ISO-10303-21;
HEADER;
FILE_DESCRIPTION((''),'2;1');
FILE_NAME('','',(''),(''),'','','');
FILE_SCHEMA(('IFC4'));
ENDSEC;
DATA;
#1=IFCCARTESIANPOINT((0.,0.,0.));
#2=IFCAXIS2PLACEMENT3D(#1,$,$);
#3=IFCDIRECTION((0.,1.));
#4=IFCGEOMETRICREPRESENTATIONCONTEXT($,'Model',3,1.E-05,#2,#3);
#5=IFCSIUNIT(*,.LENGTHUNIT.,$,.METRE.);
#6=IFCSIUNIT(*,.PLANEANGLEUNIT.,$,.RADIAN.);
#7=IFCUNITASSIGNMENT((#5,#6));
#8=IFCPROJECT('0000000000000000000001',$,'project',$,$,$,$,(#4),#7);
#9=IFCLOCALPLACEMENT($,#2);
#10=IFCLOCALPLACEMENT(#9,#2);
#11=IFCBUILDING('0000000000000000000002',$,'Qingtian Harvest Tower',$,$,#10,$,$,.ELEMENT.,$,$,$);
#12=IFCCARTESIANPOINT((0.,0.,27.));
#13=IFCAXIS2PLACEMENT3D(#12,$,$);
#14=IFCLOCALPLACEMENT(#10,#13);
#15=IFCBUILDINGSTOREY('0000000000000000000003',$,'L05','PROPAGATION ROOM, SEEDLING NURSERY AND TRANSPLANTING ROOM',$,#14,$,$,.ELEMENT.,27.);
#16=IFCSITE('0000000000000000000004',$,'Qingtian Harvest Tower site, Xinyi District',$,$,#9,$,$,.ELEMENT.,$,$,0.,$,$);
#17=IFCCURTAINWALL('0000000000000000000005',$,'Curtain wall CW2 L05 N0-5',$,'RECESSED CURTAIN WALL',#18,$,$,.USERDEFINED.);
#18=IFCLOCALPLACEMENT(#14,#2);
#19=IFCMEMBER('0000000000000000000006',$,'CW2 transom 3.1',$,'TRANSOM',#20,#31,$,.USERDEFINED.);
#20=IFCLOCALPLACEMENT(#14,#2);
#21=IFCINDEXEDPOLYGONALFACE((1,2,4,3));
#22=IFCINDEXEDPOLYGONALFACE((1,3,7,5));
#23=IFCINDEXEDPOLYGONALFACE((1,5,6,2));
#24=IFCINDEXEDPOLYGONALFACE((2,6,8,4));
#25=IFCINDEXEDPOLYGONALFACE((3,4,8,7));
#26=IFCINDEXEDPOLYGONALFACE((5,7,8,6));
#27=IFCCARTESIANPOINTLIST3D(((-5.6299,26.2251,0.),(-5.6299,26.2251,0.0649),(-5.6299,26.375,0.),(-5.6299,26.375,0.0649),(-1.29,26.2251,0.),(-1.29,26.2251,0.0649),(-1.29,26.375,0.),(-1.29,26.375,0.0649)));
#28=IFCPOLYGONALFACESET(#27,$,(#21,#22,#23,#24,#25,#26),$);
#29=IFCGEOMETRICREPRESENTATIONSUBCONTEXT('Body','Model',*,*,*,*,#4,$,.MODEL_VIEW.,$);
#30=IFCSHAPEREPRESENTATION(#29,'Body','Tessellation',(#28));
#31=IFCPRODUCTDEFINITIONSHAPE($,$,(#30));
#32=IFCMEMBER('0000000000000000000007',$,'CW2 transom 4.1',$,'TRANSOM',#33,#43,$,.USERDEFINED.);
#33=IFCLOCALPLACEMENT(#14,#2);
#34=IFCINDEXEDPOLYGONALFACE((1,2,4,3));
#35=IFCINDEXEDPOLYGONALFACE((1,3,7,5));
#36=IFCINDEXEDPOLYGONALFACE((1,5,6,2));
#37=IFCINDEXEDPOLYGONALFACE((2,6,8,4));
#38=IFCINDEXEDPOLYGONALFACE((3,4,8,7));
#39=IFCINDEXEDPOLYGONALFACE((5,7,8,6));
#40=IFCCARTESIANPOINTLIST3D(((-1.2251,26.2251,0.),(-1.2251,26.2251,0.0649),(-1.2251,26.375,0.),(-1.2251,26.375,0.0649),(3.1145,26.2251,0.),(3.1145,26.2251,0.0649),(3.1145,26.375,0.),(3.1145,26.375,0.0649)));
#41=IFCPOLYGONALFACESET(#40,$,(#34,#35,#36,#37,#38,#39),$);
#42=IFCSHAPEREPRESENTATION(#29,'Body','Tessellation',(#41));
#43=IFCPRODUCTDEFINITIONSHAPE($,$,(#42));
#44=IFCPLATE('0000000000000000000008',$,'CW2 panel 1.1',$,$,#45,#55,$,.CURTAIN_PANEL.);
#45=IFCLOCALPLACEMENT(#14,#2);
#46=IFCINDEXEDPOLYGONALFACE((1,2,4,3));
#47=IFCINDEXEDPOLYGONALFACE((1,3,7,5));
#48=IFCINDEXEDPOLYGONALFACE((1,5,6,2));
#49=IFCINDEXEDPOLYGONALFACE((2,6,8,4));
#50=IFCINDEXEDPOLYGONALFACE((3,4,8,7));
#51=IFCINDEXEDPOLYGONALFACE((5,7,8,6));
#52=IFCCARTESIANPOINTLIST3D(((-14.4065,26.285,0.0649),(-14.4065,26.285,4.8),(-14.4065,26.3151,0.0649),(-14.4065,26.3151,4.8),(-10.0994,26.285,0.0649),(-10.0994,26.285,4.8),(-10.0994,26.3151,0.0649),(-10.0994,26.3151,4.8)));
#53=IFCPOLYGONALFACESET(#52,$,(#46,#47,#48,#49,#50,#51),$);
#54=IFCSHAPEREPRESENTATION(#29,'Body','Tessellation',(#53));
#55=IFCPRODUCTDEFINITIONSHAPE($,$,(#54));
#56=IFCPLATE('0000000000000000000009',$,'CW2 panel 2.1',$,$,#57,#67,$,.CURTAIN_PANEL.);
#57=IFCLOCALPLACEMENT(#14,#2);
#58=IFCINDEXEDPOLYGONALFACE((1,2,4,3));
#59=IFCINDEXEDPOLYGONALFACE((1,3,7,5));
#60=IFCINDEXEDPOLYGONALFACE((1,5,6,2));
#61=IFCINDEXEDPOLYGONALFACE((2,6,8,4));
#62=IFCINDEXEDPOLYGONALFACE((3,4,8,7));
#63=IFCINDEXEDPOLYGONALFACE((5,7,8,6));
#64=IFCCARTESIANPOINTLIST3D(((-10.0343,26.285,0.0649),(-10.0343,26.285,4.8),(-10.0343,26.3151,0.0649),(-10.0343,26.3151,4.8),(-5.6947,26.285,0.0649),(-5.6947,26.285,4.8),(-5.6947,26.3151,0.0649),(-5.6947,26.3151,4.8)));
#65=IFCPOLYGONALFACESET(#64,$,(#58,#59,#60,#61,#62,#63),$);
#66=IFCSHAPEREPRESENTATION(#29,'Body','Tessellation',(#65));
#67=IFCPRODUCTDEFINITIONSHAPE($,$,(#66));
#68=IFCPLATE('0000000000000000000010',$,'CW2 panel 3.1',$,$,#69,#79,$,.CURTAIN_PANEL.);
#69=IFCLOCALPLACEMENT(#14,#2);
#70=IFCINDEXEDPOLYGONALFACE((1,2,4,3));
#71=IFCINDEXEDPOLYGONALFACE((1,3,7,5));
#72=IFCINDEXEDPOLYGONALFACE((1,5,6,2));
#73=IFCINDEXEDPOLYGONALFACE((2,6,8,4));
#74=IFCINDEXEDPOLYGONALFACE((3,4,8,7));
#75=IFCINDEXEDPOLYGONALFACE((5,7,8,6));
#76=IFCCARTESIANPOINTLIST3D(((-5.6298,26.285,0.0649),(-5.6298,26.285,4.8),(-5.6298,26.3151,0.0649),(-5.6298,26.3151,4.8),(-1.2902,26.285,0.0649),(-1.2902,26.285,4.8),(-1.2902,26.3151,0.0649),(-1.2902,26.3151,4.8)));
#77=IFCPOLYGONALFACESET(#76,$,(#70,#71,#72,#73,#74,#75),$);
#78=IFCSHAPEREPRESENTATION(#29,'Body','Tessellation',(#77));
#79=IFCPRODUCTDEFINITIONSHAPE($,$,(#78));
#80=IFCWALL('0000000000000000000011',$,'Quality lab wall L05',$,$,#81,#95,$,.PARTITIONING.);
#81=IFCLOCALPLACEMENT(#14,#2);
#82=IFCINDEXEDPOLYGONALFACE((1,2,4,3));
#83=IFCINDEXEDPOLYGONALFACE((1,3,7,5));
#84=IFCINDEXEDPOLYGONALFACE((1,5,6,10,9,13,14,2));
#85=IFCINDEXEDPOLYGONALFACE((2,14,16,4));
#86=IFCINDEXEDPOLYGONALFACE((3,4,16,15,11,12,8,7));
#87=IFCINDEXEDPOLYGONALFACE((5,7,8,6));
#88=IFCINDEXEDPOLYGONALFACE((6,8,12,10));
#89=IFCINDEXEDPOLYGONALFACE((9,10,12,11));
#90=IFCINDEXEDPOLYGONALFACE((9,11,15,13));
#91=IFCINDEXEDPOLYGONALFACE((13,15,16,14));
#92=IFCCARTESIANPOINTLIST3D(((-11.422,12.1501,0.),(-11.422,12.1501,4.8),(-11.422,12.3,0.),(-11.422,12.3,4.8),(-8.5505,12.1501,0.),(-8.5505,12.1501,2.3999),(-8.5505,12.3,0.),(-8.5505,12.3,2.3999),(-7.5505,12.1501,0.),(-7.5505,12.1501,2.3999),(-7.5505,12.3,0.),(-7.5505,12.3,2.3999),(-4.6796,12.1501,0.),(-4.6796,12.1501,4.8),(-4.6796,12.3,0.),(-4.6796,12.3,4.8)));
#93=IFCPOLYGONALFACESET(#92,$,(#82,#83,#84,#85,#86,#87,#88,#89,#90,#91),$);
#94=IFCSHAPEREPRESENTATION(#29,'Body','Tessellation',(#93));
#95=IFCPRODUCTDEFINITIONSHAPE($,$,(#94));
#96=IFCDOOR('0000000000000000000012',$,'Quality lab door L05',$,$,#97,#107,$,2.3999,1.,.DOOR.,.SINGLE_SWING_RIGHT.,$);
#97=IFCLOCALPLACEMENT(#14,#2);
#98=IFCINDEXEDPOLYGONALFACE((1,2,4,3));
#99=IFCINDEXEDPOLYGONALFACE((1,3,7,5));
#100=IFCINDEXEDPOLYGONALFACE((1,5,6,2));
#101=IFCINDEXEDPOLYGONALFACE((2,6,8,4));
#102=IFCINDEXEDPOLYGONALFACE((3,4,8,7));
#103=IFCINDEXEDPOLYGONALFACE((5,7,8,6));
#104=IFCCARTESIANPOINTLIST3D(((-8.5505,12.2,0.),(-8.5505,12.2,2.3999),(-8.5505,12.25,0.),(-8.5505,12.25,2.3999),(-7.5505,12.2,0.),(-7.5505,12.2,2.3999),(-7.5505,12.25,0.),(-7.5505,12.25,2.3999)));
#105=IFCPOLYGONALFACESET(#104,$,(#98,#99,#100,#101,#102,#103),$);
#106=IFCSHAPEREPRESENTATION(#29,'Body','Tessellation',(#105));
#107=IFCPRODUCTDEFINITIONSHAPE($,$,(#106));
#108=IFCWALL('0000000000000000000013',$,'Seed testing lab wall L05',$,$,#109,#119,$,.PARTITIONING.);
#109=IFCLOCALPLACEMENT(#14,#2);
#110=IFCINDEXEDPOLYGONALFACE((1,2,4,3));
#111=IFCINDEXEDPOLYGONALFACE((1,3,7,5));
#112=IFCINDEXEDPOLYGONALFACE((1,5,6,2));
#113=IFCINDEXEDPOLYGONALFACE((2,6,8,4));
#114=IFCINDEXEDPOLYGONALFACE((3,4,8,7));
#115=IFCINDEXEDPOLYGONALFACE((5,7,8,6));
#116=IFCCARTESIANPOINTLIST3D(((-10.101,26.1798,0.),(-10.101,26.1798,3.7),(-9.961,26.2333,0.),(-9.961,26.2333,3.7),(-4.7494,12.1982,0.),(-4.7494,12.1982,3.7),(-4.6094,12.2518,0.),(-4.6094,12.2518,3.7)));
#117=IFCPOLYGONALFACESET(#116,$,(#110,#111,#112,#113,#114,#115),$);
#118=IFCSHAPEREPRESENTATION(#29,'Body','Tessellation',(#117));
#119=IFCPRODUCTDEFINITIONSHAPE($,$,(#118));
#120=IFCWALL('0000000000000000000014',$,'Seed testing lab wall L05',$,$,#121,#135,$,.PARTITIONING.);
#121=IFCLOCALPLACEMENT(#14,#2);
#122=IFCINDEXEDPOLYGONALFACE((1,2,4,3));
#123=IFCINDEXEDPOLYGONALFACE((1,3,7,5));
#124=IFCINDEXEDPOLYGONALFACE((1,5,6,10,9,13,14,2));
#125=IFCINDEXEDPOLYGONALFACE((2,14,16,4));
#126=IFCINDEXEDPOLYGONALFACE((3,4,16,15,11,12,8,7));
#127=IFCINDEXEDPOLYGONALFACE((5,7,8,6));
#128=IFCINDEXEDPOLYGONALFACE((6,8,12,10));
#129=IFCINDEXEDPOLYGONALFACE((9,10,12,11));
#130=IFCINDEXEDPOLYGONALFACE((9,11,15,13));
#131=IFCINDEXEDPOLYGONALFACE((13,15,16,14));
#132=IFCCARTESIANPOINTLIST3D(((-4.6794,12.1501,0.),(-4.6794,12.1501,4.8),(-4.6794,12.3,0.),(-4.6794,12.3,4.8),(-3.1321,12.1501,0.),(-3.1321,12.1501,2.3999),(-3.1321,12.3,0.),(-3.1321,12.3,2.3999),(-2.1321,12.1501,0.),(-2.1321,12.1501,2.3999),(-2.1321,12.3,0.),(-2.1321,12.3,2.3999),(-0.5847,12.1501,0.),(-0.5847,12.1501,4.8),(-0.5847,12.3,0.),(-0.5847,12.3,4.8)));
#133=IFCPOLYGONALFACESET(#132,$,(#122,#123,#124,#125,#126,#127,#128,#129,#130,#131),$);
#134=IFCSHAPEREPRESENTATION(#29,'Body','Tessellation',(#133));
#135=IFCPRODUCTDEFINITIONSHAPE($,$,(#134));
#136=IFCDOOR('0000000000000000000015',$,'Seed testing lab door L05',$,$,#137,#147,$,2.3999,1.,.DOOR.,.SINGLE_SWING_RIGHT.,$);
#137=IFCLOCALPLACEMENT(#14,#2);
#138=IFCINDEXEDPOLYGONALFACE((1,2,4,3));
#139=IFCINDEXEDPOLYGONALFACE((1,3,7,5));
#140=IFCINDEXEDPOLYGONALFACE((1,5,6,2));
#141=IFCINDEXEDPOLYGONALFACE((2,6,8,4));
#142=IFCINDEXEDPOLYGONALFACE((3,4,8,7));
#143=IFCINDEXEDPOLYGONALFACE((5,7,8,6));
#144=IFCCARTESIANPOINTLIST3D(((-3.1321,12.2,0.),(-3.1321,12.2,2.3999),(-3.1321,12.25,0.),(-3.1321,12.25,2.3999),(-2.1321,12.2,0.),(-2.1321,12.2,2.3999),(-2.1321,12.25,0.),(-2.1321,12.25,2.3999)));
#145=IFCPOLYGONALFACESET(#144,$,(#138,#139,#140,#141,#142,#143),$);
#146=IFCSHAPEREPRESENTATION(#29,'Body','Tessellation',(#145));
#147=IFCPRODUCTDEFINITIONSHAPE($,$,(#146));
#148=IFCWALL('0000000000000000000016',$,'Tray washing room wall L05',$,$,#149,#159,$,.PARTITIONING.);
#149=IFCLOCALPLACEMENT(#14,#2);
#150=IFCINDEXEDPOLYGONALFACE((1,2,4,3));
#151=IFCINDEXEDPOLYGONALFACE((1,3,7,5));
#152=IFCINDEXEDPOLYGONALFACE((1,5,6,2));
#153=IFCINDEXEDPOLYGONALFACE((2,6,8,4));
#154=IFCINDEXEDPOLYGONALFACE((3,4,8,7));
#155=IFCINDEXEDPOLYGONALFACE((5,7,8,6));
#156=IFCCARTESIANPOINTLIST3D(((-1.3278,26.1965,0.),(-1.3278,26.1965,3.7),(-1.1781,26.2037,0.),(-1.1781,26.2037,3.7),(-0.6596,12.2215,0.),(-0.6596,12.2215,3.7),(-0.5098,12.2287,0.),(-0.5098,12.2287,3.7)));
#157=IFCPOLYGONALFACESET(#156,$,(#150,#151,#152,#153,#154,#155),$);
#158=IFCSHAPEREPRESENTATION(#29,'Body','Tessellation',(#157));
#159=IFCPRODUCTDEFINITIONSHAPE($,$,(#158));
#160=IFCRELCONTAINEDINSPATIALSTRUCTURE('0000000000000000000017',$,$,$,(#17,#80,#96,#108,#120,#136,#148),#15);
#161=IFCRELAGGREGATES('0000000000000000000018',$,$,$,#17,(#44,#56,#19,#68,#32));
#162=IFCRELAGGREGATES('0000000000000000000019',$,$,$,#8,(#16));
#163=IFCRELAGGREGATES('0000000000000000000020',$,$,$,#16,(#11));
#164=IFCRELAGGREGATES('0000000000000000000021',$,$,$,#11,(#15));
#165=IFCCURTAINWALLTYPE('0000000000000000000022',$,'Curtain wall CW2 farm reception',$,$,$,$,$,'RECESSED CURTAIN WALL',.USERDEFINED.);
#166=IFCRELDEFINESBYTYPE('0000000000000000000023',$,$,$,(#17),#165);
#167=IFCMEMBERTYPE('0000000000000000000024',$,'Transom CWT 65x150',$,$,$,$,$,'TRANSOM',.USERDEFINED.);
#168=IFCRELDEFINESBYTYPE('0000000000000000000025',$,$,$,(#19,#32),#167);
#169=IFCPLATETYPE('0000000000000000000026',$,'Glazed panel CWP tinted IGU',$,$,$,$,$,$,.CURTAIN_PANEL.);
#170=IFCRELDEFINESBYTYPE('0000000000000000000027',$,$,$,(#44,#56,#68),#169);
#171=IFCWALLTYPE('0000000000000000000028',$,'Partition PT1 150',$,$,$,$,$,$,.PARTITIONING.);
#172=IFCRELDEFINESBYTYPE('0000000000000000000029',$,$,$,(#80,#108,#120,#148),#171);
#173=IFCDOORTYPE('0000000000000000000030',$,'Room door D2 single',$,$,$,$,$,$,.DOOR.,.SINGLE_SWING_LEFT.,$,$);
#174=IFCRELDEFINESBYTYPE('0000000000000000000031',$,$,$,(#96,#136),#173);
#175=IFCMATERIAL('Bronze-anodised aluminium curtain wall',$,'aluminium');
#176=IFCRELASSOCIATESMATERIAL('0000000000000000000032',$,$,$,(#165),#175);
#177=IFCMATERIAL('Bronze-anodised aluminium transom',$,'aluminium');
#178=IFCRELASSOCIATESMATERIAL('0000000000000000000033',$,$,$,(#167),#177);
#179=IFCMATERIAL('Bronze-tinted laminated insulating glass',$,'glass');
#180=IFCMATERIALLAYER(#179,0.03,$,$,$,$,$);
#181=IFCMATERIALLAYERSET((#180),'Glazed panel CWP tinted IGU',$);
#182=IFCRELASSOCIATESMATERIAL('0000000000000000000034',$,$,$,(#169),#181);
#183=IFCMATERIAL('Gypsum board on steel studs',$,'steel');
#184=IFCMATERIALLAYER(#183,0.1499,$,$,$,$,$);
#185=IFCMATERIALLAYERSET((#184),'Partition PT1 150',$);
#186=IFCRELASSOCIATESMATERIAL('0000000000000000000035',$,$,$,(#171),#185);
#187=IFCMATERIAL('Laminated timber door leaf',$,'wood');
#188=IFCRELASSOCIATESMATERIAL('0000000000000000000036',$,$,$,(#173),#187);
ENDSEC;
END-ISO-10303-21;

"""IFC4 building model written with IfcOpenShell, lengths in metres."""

from ifc_helpers import new_model, si_unit, direction, frame, frame_2d, origin, origin_2d, place, context, subcontext, project, spatial, rectangle, extrude, material, layer, layer_set, material_profile, profile_set, type_object, element, fill, aggregate, save


model = new_model("IFC4")

# Units and contexts
model_context = context("Model", 3, precision=1e-05, world=origin(), true_north=direction((0.0, 1.0)))
body_context = subcontext(model_context, "Body", "Model", "MODEL_VIEW")
ifc_project = project(units=[si_unit("LENGTHUNIT", "METRE"), si_unit("PLANEANGLEUNIT", "RADIAN")], contexts=[model_context])

# Site, building, storey
site_placement = place(None, origin())
site = spatial("IfcSite", under=ifc_project, at=site_placement, Name="Qingtian Harvest Tower site, Xinyi District", CompositionType="ELEMENT", RefElevation=0.0)
building_placement = place(site_placement, origin())
building = spatial("IfcBuilding", under=site, at=building_placement, Name="Qingtian Harvest Tower", CompositionType="ELEMENT")
storey_placement = place(building_placement, frame((0.0, 0.0, 27.0)))
storey = spatial("IfcBuildingStorey", under=building, at=storey_placement, Name="L05", Description="PROPAGATION ROOM, SEEDLING NURSERY AND TRANSPLANTING ROOM", CompositionType="ELEMENT", Elevation=27.0)

# Curtain wall
ifc_material_1 = material(Name="Bronze-anodised aluminium curtain wall", Category="aluminium")
curtain_wall_type = type_object("IfcCurtainWallType", Name="Curtain wall CW2 farm reception", ElementType="RECESSED CURTAIN WALL", PredefinedType="USERDEFINED", material=ifc_material_1)
curtain_wall_placement = place(storey_placement, origin())
curtain_wall = element("IfcCurtainWall", 1, at=curtain_wall_placement, inside=storey, type_object=curtain_wall_type, Name="Curtain wall CW2 L05 N0-5", ObjectType="RECESSED CURTAIN WALL", PredefinedType="USERDEFINED")

# Members
ifc_material_2 = material(Name="Bronze-anodised aluminium transom", Category="aluminium")
ifc_material_profile_1 = material_profile(ifc_material_2, rectangle(XDim=0.1499, YDim=0.0649, at=origin_2d()), Name="AL 65x150")
ifc_profile_set_1 = profile_set([ifc_material_profile_1], Name="Bronze-anodised aluminium transom")
member_type_1 = type_object("IfcMemberType", Name="Transom CWT 65x150", ElementType="TRANSOM", PredefinedType="USERDEFINED", material=ifc_profile_set_1)
member_1_placement = place(storey_placement, frame((-5.6299, 26.3, 0.0325), z_axis=(1.0, 0.0, 0.0), x_axis=(0.0, 1.0, 0.0)))
member_1 = element("IfcMember", 2, at=member_1_placement, type_object=member_type_1, Name="CW2 transom 3.1", ObjectType="TRANSOM", PredefinedType="USERDEFINED", context=body_context, shape_type="SweptSolid", body=[
    extrude(rectangle(XDim=0.1499, YDim=0.0649, at=origin_2d()), origin(), (0.0, 0.0, 1.0), 4.3398),
])
member_2_placement = place(storey_placement, frame((-1.2251, 26.3, 0.0325), z_axis=(1.0, 0.0, 0.0), x_axis=(0.0, 1.0, 0.0)))
member_2 = element("IfcMember", 3, at=member_2_placement, type_object=member_type_1, Name="CW2 transom 4.1", ObjectType="TRANSOM", PredefinedType="USERDEFINED", context=body_context, shape_type="SweptSolid", body=[
    extrude(rectangle(XDim=0.1499, YDim=0.0649, at=origin_2d()), origin(), (0.0, 0.0, 1.0), 4.3396),
])

# Plates
ifc_material_3 = material(Name="Bronze-tinted laminated insulating glass", Category="glass")
ifc_layer_1 = layer(ifc_material_3, 0.03)
ifc_layer_set_1 = layer_set([ifc_layer_1], Name="Glazed panel CWP tinted IGU")
plate_type = type_object("IfcPlateType", Name="Glazed panel CWP tinted IGU", PredefinedType="CURTAIN_PANEL", material=ifc_layer_set_1)
plate_1_placement = place(storey_placement, frame((-12.2529, 26.3, 0.0649), z_axis=(0.0, 0.0, 1.0), x_axis=(1.0, 0.0, 0.0)))
plate_1 = element("IfcPlate", 4, at=plate_1_placement, type_object=plate_type, Name="CW2 panel 1.1", PredefinedType="CURTAIN_PANEL", context=body_context, shape_type="SweptSolid", body=[
    extrude(rectangle(XDim=4.3071, YDim=0.03, at=origin_2d()), origin(), (0.0, 0.0, 1.0), 4.7351),
])
plate_2_placement = place(storey_placement, frame((-7.8645, 26.3, 0.0649), z_axis=(0.0, 0.0, 1.0), x_axis=(1.0, 0.0, 0.0)))
plate_2 = element("IfcPlate", 5, at=plate_2_placement, type_object=plate_type, Name="CW2 panel 2.1", PredefinedType="CURTAIN_PANEL", context=body_context, shape_type="SweptSolid", body=[
    extrude(rectangle(XDim=4.3396, YDim=0.03, at=origin_2d()), origin(), (0.0, 0.0, 1.0), 4.7351),
])
plate_3_placement = place(storey_placement, frame((-3.46, 26.3, 0.0649), z_axis=(0.0, 0.0, 1.0), x_axis=(1.0, 0.0, 0.0)))
plate_3 = element("IfcPlate", 6, at=plate_3_placement, type_object=plate_type, Name="CW2 panel 3.1", PredefinedType="CURTAIN_PANEL", context=body_context, shape_type="SweptSolid", body=[
    extrude(rectangle(XDim=4.3396, YDim=0.03, at=origin_2d()), origin(), (0.0, 0.0, 1.0), 4.7351),
])
aggregate(curtain_wall, [plate_1, plate_2, member_1, plate_3, member_2])

# Wall, opening, door
ifc_material_4 = material(Name="Gypsum board on steel studs", Category="steel")
ifc_layer_2 = layer(ifc_material_4, 0.1499)
ifc_layer_set_2 = layer_set([ifc_layer_2], Name="Partition PT1 150")
wall_type = type_object("IfcWallType", Name="Partition PT1 150", PredefinedType="PARTITIONING", material=ifc_layer_set_2)
wall_1_placement = place(storey_placement, frame((-11.4219, 12.2251, 0.0), z_axis=(0.0, 0.0, 1.0), x_axis=(1.0, 0.0, 0.0)))
wall_1 = element("IfcWall", 7, at=wall_1_placement, inside=storey, type_object=wall_type, Name="Quality lab wall L05", PredefinedType="PARTITIONING", context=body_context, shape_type="SweptSolid", body=[
    extrude(rectangle(XDim=6.7424, YDim=0.1499, at=frame_2d((3.3711, 0.0))), origin(), (0.0, 0.0, 1.0), 4.8),
])
opening_1_placement = place(wall_1_placement, frame((2.8713, 0.0, 0.0)))
opening_1 = element("IfcOpeningElement", 8, at=opening_1_placement, cuts=wall_1, PredefinedType="OPENING", context=body_context, shape_type="SweptSolid", body=[
    extrude(rectangle(XDim=1.0, YDim=2.3999, at=frame_2d((0.5, 1.2))), frame((0.0, 0.085, 0.0), z_axis=(0.0, -1.0, 0.0), x_axis=(1.0, 0.0, 0.0)), (0.0, 0.0, 1.0), 0.1699),
])
ifc_material_5 = material(Name="Laminated timber door leaf", Category="wood")
door_type = type_object("IfcDoorType", Name="Room door D2 single", OperationType="SINGLE_SWING_LEFT", PredefinedType="DOOR", material=ifc_material_5)
door_1_placement = place(opening_1_placement, origin())
door_1 = element("IfcDoor", 9, at=door_1_placement, inside=storey, type_object=door_type, Name="Quality lab door L05", OperationType="SINGLE_SWING_RIGHT", OverallHeight=2.3999, OverallWidth=1.0, PredefinedType="DOOR", context=body_context, shape_type="SweptSolid", body=[
    extrude(rectangle(XDim=1.0, YDim=2.3999, at=frame_2d((0.5, 1.2))), frame((0.0, 0.0249, 0.0), z_axis=(0.0, -1.0, 0.0), x_axis=(1.0, 0.0, 0.0)), (0.0, 0.0, 1.0), 0.05),
])
fill(opening_1, door_1)

# Wall
wall_2_placement = place(storey_placement, frame((-10.031, 26.2065, 0.0), z_axis=(0.0, 0.0, 1.0), x_axis=(0.357471, -0.933924, 0.0)))
element("IfcWall", 10, at=wall_2_placement, inside=storey, type_object=wall_type, Name="Seed testing lab wall L05", PredefinedType="PARTITIONING", context=body_context, shape_type="SweptSolid", body=[
    extrude(rectangle(XDim=14.9707, YDim=0.1499, at=frame_2d((7.4854, 0.0))), origin(), (0.0, 0.0, 1.0), 3.7),
])

# Wall, opening, door
wall_3_placement = place(storey_placement, frame((-4.6794, 12.2251, 0.0), z_axis=(0.0, 0.0, 1.0), x_axis=(1.0, 0.0, 0.0)))
wall_3 = element("IfcWall", 11, at=wall_3_placement, inside=storey, type_object=wall_type, Name="Seed testing lab wall L05", PredefinedType="PARTITIONING", context=body_context, shape_type="SweptSolid", body=[
    extrude(rectangle(XDim=4.0947, YDim=0.1499, at=frame_2d((2.0474, 0.0))), origin(), (0.0, 0.0, 1.0), 4.8),
])
opening_2_placement = place(wall_3_placement, frame((1.5474, 0.0, 0.0)))
opening_2 = element("IfcOpeningElement", 12, at=opening_2_placement, cuts=wall_3, PredefinedType="OPENING", context=body_context, shape_type="SweptSolid", body=[
    extrude(rectangle(XDim=1.0, YDim=2.3999, at=frame_2d((0.5, 1.2))), frame((0.0, 0.085, 0.0), z_axis=(0.0, -1.0, 0.0), x_axis=(1.0, 0.0, 0.0)), (0.0, 0.0, 1.0), 0.1699),
])
door_2_placement = place(opening_2_placement, origin())
door_2 = element("IfcDoor", 13, at=door_2_placement, inside=storey, type_object=door_type, Name="Seed testing lab door L05", OperationType="SINGLE_SWING_RIGHT", OverallHeight=2.3999, OverallWidth=1.0, PredefinedType="DOOR", context=body_context, shape_type="SweptSolid", body=[
    extrude(rectangle(XDim=1.0, YDim=2.3999, at=frame_2d((0.5, 1.2))), frame((0.0, 0.0249, 0.0), z_axis=(0.0, -1.0, 0.0), x_axis=(1.0, 0.0, 0.0)), (0.0, 0.0, 1.0), 0.05),
])
fill(opening_2, door_2)

# Wall
wall_4_placement = place(storey_placement, frame((-1.2529, 26.2002, 0.0), z_axis=(0.0, 0.0, 1.0), x_axis=(0.04776, -0.998859, 0.0)))
element("IfcWall", 14, at=wall_4_placement, inside=storey, type_object=wall_type, Name="Tray washing room wall L05", PredefinedType="PARTITIONING", context=body_context, shape_type="SweptSolid", body=[
    extrude(rectangle(XDim=13.991, YDim=0.1499, at=frame_2d((6.9956, 0.0))), origin(), (0.0, 0.0, 1.0), 3.7),
])

save(model, "model.ifc")
